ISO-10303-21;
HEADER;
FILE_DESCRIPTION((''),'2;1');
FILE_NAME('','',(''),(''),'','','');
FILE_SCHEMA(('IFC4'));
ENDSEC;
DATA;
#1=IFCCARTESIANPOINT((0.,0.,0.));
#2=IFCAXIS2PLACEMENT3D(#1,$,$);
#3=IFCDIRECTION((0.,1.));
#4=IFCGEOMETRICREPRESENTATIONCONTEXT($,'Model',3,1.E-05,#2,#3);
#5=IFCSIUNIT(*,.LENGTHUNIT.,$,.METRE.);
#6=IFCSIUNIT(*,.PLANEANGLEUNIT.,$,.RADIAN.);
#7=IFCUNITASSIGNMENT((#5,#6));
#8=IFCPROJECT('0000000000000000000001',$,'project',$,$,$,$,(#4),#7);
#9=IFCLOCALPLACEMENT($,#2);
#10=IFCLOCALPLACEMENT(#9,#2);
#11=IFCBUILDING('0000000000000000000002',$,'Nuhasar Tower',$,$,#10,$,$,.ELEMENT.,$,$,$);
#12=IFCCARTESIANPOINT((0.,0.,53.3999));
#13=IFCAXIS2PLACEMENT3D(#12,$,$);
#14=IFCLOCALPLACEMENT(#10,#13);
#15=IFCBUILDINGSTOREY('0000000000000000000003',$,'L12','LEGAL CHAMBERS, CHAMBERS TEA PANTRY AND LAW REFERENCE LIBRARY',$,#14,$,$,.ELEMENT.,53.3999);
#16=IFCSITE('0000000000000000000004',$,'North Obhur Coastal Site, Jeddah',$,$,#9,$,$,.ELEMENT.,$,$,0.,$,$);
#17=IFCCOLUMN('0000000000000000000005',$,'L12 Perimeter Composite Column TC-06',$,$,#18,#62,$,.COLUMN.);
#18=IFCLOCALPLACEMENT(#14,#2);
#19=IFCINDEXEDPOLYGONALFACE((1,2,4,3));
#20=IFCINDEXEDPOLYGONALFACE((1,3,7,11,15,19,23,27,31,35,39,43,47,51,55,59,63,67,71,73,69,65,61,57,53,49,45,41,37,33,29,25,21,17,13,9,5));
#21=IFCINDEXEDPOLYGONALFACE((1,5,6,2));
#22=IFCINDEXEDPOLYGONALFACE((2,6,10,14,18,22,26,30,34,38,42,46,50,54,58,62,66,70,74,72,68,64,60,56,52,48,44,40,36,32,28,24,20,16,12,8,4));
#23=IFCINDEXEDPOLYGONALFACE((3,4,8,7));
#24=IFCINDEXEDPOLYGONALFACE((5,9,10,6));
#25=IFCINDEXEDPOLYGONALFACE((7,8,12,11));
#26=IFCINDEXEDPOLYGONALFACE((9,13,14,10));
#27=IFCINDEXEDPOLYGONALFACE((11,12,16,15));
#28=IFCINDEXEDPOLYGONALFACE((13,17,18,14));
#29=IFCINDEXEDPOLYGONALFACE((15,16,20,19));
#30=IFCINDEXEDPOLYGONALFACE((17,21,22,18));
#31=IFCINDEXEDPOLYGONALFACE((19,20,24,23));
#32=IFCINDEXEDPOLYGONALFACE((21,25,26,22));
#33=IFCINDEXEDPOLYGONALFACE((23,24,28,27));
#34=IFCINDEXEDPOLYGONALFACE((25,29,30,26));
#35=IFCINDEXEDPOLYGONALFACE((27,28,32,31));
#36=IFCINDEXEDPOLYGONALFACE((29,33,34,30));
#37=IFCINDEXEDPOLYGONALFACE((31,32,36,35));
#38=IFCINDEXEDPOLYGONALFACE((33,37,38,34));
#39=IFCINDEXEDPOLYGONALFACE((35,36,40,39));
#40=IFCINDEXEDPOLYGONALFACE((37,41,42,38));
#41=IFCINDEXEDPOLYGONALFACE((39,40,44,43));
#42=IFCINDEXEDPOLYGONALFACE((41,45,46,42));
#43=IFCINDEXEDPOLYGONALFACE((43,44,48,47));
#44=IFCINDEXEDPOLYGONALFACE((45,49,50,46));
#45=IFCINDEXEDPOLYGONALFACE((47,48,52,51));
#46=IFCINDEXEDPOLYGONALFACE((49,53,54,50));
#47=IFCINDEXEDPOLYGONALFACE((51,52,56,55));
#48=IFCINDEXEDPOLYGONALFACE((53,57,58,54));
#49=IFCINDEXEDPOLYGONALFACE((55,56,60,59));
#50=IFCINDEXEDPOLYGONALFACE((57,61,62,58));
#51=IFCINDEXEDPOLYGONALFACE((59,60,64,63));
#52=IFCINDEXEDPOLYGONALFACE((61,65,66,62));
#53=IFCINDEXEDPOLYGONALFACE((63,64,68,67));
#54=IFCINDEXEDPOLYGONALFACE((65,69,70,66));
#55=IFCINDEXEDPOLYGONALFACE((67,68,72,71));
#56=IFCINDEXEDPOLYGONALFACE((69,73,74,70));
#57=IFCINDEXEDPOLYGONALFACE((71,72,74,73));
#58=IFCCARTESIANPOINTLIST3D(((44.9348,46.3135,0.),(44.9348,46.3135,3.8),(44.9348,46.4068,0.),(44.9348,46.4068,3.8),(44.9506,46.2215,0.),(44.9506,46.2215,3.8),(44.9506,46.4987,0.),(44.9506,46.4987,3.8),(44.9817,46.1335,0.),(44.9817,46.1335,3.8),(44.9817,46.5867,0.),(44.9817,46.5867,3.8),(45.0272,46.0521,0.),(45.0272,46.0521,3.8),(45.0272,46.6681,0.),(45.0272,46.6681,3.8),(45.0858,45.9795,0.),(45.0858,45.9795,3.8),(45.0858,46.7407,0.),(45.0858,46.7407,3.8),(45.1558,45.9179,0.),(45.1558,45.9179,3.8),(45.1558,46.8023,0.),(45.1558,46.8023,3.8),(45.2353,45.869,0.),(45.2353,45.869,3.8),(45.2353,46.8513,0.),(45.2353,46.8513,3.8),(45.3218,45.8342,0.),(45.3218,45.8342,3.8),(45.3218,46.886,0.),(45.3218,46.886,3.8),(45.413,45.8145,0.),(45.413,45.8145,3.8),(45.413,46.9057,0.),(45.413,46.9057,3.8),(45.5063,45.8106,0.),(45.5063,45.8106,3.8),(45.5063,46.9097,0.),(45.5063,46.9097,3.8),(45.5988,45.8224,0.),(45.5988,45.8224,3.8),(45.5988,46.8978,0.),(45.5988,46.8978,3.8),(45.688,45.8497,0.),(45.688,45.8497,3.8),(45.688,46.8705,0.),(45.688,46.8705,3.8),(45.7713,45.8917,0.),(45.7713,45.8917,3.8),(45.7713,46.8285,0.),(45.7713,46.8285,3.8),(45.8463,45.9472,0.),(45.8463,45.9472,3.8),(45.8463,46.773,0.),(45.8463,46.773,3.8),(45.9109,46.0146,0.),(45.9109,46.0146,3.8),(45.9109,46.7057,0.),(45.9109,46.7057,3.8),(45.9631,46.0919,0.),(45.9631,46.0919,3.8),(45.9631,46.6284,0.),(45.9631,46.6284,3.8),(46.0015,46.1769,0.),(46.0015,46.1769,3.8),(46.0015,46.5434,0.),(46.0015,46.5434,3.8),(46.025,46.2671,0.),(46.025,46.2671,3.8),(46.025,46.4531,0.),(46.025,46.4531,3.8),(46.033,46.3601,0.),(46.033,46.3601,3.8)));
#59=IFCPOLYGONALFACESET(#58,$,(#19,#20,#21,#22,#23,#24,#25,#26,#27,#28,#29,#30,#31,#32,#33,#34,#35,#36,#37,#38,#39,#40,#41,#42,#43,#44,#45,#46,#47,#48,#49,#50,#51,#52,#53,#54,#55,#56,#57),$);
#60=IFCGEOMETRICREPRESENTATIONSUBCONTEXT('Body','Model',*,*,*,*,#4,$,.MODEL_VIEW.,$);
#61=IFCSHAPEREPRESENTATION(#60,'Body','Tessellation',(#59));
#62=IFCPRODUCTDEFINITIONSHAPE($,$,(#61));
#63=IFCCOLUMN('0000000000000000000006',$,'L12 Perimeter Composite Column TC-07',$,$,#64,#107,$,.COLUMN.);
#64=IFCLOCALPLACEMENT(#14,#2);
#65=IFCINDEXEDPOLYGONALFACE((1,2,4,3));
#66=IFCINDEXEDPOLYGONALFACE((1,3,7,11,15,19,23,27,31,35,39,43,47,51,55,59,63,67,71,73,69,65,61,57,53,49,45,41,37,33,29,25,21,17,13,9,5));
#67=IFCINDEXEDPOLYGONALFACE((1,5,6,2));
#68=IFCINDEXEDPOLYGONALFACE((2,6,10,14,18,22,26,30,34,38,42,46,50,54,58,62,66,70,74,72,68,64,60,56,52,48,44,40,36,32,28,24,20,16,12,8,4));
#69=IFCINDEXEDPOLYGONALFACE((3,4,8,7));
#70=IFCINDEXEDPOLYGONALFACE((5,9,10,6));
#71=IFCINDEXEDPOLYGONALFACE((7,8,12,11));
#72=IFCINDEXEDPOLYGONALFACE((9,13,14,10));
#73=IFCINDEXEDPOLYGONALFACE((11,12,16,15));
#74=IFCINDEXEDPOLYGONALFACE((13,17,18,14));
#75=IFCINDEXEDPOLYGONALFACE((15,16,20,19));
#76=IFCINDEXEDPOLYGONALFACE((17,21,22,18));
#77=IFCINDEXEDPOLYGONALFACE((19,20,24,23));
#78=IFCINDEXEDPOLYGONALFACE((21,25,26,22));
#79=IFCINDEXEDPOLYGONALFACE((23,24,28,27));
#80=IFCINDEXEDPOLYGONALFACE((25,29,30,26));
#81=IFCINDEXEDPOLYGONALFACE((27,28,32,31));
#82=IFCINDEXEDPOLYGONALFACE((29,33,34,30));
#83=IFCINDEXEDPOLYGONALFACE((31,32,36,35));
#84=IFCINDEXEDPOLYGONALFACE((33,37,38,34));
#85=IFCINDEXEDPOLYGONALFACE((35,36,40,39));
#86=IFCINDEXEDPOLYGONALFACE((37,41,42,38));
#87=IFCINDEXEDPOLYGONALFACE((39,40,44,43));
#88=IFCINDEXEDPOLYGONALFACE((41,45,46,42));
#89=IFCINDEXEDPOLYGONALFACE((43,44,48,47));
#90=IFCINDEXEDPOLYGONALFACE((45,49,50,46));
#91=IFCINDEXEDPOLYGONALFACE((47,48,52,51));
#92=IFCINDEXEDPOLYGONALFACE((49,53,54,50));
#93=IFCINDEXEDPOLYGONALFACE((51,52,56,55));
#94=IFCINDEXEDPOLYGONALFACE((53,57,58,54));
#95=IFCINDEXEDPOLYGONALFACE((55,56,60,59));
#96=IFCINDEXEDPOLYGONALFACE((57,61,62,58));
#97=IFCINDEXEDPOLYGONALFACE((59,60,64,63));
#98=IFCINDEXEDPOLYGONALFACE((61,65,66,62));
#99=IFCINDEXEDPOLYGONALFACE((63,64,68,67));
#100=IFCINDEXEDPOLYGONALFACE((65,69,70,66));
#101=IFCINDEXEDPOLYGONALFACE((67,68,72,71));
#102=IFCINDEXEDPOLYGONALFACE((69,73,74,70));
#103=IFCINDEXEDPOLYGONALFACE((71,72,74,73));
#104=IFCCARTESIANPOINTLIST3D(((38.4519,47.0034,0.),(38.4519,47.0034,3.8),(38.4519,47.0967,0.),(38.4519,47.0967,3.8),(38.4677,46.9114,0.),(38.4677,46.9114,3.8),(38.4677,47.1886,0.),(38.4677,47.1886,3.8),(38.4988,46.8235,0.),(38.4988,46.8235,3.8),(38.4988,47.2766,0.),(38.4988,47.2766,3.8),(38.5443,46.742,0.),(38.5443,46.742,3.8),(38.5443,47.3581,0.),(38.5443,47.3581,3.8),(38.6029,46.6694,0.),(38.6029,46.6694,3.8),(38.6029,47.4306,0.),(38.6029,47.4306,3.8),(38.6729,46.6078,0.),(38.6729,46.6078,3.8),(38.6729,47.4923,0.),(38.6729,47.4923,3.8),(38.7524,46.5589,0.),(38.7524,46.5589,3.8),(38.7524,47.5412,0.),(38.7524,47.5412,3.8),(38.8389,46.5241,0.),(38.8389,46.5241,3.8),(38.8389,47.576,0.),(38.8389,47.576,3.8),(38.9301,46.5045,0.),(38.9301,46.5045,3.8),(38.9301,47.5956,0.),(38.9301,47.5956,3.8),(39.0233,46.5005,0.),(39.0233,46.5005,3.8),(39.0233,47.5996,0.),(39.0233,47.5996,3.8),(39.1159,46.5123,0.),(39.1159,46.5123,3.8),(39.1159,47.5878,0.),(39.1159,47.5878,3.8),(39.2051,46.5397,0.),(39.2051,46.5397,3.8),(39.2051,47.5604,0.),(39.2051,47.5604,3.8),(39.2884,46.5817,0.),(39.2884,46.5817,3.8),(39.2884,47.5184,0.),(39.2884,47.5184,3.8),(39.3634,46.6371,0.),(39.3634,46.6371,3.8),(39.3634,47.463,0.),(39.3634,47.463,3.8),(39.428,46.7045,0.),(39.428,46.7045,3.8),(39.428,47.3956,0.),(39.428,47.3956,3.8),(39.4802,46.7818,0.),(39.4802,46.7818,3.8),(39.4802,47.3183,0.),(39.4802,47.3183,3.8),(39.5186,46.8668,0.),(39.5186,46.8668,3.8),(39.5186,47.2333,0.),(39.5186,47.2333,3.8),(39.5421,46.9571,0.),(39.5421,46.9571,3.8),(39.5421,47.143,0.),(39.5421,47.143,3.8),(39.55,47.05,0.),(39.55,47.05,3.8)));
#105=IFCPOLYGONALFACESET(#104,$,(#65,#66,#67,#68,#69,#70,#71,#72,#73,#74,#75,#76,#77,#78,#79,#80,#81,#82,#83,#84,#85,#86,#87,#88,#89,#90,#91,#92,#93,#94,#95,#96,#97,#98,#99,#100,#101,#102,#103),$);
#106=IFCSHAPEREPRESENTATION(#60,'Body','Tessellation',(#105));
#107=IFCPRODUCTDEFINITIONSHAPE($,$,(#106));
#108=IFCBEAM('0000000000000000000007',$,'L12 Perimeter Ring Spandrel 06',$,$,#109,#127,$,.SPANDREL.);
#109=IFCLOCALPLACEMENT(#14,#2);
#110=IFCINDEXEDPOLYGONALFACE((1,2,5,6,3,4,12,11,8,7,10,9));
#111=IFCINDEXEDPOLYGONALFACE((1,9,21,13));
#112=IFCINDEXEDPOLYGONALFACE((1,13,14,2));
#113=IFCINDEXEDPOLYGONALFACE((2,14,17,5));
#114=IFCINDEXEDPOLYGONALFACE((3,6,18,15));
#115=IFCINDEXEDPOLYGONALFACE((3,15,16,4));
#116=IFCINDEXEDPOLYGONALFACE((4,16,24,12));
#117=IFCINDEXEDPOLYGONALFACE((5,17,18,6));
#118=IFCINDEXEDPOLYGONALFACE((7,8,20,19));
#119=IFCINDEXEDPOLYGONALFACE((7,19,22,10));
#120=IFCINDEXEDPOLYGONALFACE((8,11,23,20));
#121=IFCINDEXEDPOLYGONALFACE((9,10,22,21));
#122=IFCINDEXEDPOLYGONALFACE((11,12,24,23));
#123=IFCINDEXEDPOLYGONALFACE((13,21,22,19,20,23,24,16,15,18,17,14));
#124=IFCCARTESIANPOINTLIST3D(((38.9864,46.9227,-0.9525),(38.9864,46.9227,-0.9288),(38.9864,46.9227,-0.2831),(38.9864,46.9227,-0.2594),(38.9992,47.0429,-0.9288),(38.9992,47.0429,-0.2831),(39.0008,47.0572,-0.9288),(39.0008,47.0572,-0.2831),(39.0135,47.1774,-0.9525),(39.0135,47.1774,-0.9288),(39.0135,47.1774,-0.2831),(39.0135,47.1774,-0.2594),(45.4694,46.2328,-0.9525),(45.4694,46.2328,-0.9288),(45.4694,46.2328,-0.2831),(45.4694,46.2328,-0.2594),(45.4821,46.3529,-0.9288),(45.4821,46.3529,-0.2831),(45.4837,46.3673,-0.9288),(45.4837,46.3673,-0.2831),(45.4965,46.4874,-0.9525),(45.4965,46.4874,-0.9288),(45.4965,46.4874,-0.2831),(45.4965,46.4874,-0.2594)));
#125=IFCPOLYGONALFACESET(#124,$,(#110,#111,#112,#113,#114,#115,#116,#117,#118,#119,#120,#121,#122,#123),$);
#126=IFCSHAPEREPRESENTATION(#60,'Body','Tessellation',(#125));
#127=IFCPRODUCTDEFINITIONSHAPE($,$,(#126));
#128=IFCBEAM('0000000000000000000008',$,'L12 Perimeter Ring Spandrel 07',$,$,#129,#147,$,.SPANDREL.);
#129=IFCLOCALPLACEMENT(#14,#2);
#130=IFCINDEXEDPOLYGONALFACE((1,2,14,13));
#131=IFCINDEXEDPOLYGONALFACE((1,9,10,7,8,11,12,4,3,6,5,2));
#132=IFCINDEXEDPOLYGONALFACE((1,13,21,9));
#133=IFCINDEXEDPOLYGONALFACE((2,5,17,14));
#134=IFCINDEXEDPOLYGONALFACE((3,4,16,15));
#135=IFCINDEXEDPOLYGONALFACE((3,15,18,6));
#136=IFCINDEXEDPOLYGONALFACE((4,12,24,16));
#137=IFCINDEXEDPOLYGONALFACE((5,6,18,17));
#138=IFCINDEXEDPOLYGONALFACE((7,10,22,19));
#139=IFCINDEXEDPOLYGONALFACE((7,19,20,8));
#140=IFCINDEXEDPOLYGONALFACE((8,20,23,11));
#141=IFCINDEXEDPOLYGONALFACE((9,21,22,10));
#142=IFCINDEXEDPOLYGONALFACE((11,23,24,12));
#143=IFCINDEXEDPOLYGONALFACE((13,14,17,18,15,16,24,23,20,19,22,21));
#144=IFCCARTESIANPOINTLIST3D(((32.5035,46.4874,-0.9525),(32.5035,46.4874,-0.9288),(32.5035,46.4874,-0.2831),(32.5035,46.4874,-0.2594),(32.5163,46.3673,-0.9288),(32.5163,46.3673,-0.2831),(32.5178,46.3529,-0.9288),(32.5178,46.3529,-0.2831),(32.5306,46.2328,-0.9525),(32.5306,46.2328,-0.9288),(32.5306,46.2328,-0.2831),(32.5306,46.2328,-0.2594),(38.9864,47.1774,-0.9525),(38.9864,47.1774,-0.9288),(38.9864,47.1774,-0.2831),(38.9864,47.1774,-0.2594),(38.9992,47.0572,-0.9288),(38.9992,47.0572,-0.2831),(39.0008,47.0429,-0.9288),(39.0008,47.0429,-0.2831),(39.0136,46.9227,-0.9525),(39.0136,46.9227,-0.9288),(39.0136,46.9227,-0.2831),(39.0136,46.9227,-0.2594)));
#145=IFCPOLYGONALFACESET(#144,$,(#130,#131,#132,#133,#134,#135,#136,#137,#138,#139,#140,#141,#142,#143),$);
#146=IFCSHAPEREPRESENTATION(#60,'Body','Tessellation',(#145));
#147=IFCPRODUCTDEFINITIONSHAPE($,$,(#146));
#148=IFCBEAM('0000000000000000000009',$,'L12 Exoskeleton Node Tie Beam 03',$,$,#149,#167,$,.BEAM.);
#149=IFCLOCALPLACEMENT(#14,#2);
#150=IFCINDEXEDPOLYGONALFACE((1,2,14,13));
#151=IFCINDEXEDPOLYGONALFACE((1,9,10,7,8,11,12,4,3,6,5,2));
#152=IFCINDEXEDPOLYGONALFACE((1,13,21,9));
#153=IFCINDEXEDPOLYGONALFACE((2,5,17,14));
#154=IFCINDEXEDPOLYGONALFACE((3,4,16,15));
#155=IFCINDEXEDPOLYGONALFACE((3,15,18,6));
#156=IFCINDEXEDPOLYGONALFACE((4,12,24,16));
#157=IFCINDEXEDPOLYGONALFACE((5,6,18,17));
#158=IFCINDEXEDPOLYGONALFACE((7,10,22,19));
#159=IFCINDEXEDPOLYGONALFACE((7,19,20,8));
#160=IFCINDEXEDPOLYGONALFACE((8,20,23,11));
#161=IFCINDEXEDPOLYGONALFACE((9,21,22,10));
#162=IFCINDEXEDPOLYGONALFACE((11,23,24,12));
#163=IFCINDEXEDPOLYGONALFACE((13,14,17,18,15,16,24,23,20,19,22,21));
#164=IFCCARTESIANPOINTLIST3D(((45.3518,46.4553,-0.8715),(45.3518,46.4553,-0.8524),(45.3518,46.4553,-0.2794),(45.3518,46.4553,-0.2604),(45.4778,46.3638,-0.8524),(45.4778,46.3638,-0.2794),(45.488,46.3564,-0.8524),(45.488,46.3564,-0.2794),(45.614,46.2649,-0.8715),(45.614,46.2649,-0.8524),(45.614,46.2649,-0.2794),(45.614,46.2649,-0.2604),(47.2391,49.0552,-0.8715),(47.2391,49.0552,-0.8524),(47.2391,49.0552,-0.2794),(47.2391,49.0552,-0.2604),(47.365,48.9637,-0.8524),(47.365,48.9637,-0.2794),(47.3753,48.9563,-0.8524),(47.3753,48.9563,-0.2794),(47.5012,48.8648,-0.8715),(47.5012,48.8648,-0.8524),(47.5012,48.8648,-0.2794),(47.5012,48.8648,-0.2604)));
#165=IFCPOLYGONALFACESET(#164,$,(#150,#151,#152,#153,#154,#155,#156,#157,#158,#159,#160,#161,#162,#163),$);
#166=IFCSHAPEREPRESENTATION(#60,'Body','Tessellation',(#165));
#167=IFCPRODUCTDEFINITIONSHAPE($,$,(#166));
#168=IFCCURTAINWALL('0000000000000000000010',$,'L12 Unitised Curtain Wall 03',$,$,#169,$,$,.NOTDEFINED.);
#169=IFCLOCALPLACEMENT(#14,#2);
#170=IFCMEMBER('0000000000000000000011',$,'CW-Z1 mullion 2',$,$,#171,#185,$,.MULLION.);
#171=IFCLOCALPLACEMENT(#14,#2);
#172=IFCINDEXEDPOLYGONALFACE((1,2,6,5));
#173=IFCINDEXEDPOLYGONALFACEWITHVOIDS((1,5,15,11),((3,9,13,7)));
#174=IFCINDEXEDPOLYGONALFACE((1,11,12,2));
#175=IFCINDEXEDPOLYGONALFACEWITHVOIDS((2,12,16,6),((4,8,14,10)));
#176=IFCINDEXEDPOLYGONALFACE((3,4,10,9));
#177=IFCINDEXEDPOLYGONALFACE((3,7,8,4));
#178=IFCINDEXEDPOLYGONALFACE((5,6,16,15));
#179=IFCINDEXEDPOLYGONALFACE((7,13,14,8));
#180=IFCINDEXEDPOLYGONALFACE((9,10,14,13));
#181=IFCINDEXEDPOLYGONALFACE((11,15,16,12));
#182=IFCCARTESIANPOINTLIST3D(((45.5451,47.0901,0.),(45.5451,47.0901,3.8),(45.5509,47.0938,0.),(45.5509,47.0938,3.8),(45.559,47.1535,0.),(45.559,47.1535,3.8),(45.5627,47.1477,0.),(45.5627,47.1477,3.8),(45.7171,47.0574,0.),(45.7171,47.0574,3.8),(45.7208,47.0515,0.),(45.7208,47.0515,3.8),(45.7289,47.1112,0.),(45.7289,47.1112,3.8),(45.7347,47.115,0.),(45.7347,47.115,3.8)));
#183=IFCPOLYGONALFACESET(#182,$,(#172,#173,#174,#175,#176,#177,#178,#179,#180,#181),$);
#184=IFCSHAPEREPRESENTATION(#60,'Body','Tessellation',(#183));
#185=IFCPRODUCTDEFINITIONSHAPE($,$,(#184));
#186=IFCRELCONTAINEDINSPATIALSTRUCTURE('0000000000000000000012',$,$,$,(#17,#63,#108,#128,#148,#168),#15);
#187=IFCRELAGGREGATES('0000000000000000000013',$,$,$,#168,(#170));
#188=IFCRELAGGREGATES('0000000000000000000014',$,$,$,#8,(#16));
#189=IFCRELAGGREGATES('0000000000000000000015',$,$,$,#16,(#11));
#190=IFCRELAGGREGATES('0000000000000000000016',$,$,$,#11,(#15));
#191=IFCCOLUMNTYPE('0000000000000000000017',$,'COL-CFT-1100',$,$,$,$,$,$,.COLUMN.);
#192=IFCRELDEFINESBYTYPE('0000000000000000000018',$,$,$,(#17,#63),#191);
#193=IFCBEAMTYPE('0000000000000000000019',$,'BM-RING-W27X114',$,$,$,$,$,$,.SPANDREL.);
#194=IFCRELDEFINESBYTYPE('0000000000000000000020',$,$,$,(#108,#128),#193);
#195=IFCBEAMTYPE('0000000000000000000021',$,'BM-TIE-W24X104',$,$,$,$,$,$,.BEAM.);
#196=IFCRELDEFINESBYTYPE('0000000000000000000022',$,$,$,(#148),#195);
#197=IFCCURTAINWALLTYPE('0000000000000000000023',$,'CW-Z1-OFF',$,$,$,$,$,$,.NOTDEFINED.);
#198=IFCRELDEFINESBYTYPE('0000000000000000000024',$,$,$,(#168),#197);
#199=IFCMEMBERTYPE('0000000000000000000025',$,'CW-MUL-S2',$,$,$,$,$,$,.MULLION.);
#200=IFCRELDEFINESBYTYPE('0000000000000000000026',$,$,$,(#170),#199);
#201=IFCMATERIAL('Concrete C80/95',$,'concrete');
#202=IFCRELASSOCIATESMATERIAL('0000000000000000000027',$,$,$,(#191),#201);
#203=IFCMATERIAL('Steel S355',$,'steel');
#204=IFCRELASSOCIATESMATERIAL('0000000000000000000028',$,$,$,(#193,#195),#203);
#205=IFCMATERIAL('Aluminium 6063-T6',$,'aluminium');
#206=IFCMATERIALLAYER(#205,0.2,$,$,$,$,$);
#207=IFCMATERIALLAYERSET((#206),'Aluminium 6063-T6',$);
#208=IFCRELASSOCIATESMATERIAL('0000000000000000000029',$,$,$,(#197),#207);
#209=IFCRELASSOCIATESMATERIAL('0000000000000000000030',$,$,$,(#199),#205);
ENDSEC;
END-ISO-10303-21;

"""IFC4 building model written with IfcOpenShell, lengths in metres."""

from ifc_helpers import new_model, si_unit, direction, frame, origin, origin_2d, place, context, subcontext, project, spatial, hollow_rectangle, circle, i_section, extrude, material, layer, layer_set, material_profile, profile_set, type_object, element, aggregate, save


model = new_model("IFC4")

# Units and contexts
model_context = context("Model", 3, precision=1e-05, world=origin(), true_north=direction((0.0, 1.0)))
body_context = subcontext(model_context, "Body", "Model", "MODEL_VIEW")
ifc_project = project(units=[si_unit("LENGTHUNIT", "METRE"), si_unit("PLANEANGLEUNIT", "RADIAN")], contexts=[model_context])

# Site, building, storey
site_placement = place(None, origin())
site = spatial("IfcSite", under=ifc_project, at=site_placement, Name="North Obhur Coastal Site, Jeddah", CompositionType="ELEMENT", RefElevation=0.0)
building_placement = place(site_placement, origin())
building = spatial("IfcBuilding", under=site, at=building_placement, Name="Nuhasar Tower", CompositionType="ELEMENT")
storey_placement = place(building_placement, frame((0.0, 0.0, 53.3999)))
storey = spatial("IfcBuildingStorey", under=building, at=storey_placement, Name="L12", Description="LEGAL CHAMBERS, CHAMBERS TEA PANTRY AND LAW REFERENCE LIBRARY", CompositionType="ELEMENT", Elevation=53.3999)

# Columns
ifc_material_1 = material(Name="Concrete C80/95", Category="concrete")
ifc_material_profile_1 = material_profile(ifc_material_1, circle(Radius=0.55, at=origin_2d()), Name="CFT1100")
ifc_profile_set_1 = profile_set([ifc_material_profile_1], Name="Concrete C80/95")
column_type = type_object("IfcColumnType", Name="COL-CFT-1100", PredefinedType="COLUMN", material=ifc_profile_set_1)
for number, where, z_axis, x_axis, name in (
    (1, (45.4829, 46.3601, 0.0), (0.0, 0.0, 1.0), (1.0, 0.0, 0.0), "L12 Perimeter Composite Column TC-06"),
    (2, (39.0, 47.05, 0.0), (0.0, 0.0, 1.0), (1.0, 0.0, 0.0), "L12 Perimeter Composite Column TC-07"),
):
    element("IfcColumn", number, at=place(storey_placement, frame(where, z_axis=z_axis, x_axis=x_axis)), inside=storey, type_object=column_type, Name=name, PredefinedType="COLUMN", context=body_context, shape_type="SweptSolid", body=[
        extrude(circle(Radius=0.55, at=origin_2d()), origin(), (0.0, 0.0, 1.0), 3.8),
    ])

# Beams
ifc_material_2 = material(Name="Steel S355", Category="steel")
ifc_material_profile_2 = material_profile(ifc_material_2, i_section(OverallWidth=0.2561, OverallDepth=0.6931, WebThickness=0.0144, FlangeThickness=0.0237, at=origin_2d()), Name="W27X114")
ifc_profile_set_2 = profile_set([ifc_material_profile_2], Name="Steel S355")
beam_type_1 = type_object("IfcBeamType", Name="BM-RING-W27X114", PredefinedType="SPANDREL", material=ifc_profile_set_2)
for number, where, z_axis, x_axis, name in (
    (3, (45.4829, 46.3601, -0.606), (-0.994385, 0.105827, 0.0), (-0.105827, -0.994385, 0.0), "L12 Perimeter Ring Spandrel 06"),
    (4, (39.0, 47.05, -0.606), (-0.994385, -0.105827, 0.0), (0.105827, -0.994385, 0.0), "L12 Perimeter Ring Spandrel 07"),
):
    element("IfcBeam", number, at=place(storey_placement, frame(where, z_axis=z_axis, x_axis=x_axis)), inside=storey, type_object=beam_type_1, Name=name, PredefinedType="SPANDREL", context=body_context, shape_type="SweptSolid", body=[
        extrude(i_section(OverallWidth=0.2561, OverallDepth=0.6931, WebThickness=0.0144, FlangeThickness=0.0237, at=origin_2d()), origin(), (0.0, 0.0, 1.0), 6.5195),
    ])
ifc_material_profile_3 = material_profile(ifc_material_2, i_section(OverallWidth=0.324, OverallDepth=0.6111, WebThickness=0.0127, FlangeThickness=0.019, at=origin_2d()), Name="W24X104")
ifc_profile_set_3 = profile_set([ifc_material_profile_3], Name="Steel S355")
beam_type_2 = type_object("IfcBeamType", Name="BM-TIE-W24X104", PredefinedType="BEAM", material=ifc_profile_set_3)
beam_placement = place(storey_placement, frame((45.4829, 46.3601, -0.5659), z_axis=(0.587439, 0.809268, 0.0), x_axis=(-0.809268, 0.587439, 0.0)))
element("IfcBeam", 5, at=beam_placement, inside=storey, type_object=beam_type_2, Name="L12 Exoskeleton Node Tie Beam 03", PredefinedType="BEAM", context=body_context, shape_type="SweptSolid", body=[
    extrude(i_section(OverallWidth=0.324, OverallDepth=0.6111, WebThickness=0.0127, FlangeThickness=0.019, at=origin_2d()), origin(), (0.0, 0.0, 1.0), 3.2126),
])

# Curtain wall, member
ifc_material_3 = material(Name="Aluminium 6063-T6", Category="aluminium")
ifc_layer_1 = layer(ifc_material_3, 0.2)
ifc_layer_set_1 = layer_set([ifc_layer_1], Name="Aluminium 6063-T6")
curtain_wall_type = type_object("IfcCurtainWallType", Name="CW-Z1-OFF", PredefinedType="NOTDEFINED", material=ifc_layer_set_1)
curtain_wall_placement = place(storey_placement, origin())
curtain_wall = element("IfcCurtainWall", 6, at=curtain_wall_placement, inside=storey, type_object=curtain_wall_type, Name="L12 Unitised Curtain Wall 03", PredefinedType="NOTDEFINED")
ifc_material_profile_4 = material_profile(ifc_material_3, hollow_rectangle(XDim=0.0649, YDim=0.1799, WallThickness=0.0049, at=origin_2d()), Name="CWM-2")
ifc_profile_set_4 = profile_set([ifc_material_profile_4], Name="Aluminium 6063-T6")
member_type_1 = type_object("IfcMemberType", Name="CW-MUL-S2", PredefinedType="MULLION", material=ifc_profile_set_4)
member_1_placement = place(storey_placement, frame((45.6399, 47.1025, 0.0), z_axis=(0.0, 0.0, 1.0), x_axis=(-0.214399, -0.976746, 0.0)))
member_1 = element("IfcMember", 7, at=member_1_placement, type_object=member_type_1, Name="CW-Z1 mullion 2", PredefinedType="MULLION", context=body_context, shape_type="SweptSolid", body=[
    extrude(hollow_rectangle(XDim=0.0649, YDim=0.1799, WallThickness=0.0049, at=origin_2d()), origin(), (0.0, 0.0, 1.0), 3.8),
])

aggregate(curtain_wall, [member_1])

save(model, "model.ifc")
